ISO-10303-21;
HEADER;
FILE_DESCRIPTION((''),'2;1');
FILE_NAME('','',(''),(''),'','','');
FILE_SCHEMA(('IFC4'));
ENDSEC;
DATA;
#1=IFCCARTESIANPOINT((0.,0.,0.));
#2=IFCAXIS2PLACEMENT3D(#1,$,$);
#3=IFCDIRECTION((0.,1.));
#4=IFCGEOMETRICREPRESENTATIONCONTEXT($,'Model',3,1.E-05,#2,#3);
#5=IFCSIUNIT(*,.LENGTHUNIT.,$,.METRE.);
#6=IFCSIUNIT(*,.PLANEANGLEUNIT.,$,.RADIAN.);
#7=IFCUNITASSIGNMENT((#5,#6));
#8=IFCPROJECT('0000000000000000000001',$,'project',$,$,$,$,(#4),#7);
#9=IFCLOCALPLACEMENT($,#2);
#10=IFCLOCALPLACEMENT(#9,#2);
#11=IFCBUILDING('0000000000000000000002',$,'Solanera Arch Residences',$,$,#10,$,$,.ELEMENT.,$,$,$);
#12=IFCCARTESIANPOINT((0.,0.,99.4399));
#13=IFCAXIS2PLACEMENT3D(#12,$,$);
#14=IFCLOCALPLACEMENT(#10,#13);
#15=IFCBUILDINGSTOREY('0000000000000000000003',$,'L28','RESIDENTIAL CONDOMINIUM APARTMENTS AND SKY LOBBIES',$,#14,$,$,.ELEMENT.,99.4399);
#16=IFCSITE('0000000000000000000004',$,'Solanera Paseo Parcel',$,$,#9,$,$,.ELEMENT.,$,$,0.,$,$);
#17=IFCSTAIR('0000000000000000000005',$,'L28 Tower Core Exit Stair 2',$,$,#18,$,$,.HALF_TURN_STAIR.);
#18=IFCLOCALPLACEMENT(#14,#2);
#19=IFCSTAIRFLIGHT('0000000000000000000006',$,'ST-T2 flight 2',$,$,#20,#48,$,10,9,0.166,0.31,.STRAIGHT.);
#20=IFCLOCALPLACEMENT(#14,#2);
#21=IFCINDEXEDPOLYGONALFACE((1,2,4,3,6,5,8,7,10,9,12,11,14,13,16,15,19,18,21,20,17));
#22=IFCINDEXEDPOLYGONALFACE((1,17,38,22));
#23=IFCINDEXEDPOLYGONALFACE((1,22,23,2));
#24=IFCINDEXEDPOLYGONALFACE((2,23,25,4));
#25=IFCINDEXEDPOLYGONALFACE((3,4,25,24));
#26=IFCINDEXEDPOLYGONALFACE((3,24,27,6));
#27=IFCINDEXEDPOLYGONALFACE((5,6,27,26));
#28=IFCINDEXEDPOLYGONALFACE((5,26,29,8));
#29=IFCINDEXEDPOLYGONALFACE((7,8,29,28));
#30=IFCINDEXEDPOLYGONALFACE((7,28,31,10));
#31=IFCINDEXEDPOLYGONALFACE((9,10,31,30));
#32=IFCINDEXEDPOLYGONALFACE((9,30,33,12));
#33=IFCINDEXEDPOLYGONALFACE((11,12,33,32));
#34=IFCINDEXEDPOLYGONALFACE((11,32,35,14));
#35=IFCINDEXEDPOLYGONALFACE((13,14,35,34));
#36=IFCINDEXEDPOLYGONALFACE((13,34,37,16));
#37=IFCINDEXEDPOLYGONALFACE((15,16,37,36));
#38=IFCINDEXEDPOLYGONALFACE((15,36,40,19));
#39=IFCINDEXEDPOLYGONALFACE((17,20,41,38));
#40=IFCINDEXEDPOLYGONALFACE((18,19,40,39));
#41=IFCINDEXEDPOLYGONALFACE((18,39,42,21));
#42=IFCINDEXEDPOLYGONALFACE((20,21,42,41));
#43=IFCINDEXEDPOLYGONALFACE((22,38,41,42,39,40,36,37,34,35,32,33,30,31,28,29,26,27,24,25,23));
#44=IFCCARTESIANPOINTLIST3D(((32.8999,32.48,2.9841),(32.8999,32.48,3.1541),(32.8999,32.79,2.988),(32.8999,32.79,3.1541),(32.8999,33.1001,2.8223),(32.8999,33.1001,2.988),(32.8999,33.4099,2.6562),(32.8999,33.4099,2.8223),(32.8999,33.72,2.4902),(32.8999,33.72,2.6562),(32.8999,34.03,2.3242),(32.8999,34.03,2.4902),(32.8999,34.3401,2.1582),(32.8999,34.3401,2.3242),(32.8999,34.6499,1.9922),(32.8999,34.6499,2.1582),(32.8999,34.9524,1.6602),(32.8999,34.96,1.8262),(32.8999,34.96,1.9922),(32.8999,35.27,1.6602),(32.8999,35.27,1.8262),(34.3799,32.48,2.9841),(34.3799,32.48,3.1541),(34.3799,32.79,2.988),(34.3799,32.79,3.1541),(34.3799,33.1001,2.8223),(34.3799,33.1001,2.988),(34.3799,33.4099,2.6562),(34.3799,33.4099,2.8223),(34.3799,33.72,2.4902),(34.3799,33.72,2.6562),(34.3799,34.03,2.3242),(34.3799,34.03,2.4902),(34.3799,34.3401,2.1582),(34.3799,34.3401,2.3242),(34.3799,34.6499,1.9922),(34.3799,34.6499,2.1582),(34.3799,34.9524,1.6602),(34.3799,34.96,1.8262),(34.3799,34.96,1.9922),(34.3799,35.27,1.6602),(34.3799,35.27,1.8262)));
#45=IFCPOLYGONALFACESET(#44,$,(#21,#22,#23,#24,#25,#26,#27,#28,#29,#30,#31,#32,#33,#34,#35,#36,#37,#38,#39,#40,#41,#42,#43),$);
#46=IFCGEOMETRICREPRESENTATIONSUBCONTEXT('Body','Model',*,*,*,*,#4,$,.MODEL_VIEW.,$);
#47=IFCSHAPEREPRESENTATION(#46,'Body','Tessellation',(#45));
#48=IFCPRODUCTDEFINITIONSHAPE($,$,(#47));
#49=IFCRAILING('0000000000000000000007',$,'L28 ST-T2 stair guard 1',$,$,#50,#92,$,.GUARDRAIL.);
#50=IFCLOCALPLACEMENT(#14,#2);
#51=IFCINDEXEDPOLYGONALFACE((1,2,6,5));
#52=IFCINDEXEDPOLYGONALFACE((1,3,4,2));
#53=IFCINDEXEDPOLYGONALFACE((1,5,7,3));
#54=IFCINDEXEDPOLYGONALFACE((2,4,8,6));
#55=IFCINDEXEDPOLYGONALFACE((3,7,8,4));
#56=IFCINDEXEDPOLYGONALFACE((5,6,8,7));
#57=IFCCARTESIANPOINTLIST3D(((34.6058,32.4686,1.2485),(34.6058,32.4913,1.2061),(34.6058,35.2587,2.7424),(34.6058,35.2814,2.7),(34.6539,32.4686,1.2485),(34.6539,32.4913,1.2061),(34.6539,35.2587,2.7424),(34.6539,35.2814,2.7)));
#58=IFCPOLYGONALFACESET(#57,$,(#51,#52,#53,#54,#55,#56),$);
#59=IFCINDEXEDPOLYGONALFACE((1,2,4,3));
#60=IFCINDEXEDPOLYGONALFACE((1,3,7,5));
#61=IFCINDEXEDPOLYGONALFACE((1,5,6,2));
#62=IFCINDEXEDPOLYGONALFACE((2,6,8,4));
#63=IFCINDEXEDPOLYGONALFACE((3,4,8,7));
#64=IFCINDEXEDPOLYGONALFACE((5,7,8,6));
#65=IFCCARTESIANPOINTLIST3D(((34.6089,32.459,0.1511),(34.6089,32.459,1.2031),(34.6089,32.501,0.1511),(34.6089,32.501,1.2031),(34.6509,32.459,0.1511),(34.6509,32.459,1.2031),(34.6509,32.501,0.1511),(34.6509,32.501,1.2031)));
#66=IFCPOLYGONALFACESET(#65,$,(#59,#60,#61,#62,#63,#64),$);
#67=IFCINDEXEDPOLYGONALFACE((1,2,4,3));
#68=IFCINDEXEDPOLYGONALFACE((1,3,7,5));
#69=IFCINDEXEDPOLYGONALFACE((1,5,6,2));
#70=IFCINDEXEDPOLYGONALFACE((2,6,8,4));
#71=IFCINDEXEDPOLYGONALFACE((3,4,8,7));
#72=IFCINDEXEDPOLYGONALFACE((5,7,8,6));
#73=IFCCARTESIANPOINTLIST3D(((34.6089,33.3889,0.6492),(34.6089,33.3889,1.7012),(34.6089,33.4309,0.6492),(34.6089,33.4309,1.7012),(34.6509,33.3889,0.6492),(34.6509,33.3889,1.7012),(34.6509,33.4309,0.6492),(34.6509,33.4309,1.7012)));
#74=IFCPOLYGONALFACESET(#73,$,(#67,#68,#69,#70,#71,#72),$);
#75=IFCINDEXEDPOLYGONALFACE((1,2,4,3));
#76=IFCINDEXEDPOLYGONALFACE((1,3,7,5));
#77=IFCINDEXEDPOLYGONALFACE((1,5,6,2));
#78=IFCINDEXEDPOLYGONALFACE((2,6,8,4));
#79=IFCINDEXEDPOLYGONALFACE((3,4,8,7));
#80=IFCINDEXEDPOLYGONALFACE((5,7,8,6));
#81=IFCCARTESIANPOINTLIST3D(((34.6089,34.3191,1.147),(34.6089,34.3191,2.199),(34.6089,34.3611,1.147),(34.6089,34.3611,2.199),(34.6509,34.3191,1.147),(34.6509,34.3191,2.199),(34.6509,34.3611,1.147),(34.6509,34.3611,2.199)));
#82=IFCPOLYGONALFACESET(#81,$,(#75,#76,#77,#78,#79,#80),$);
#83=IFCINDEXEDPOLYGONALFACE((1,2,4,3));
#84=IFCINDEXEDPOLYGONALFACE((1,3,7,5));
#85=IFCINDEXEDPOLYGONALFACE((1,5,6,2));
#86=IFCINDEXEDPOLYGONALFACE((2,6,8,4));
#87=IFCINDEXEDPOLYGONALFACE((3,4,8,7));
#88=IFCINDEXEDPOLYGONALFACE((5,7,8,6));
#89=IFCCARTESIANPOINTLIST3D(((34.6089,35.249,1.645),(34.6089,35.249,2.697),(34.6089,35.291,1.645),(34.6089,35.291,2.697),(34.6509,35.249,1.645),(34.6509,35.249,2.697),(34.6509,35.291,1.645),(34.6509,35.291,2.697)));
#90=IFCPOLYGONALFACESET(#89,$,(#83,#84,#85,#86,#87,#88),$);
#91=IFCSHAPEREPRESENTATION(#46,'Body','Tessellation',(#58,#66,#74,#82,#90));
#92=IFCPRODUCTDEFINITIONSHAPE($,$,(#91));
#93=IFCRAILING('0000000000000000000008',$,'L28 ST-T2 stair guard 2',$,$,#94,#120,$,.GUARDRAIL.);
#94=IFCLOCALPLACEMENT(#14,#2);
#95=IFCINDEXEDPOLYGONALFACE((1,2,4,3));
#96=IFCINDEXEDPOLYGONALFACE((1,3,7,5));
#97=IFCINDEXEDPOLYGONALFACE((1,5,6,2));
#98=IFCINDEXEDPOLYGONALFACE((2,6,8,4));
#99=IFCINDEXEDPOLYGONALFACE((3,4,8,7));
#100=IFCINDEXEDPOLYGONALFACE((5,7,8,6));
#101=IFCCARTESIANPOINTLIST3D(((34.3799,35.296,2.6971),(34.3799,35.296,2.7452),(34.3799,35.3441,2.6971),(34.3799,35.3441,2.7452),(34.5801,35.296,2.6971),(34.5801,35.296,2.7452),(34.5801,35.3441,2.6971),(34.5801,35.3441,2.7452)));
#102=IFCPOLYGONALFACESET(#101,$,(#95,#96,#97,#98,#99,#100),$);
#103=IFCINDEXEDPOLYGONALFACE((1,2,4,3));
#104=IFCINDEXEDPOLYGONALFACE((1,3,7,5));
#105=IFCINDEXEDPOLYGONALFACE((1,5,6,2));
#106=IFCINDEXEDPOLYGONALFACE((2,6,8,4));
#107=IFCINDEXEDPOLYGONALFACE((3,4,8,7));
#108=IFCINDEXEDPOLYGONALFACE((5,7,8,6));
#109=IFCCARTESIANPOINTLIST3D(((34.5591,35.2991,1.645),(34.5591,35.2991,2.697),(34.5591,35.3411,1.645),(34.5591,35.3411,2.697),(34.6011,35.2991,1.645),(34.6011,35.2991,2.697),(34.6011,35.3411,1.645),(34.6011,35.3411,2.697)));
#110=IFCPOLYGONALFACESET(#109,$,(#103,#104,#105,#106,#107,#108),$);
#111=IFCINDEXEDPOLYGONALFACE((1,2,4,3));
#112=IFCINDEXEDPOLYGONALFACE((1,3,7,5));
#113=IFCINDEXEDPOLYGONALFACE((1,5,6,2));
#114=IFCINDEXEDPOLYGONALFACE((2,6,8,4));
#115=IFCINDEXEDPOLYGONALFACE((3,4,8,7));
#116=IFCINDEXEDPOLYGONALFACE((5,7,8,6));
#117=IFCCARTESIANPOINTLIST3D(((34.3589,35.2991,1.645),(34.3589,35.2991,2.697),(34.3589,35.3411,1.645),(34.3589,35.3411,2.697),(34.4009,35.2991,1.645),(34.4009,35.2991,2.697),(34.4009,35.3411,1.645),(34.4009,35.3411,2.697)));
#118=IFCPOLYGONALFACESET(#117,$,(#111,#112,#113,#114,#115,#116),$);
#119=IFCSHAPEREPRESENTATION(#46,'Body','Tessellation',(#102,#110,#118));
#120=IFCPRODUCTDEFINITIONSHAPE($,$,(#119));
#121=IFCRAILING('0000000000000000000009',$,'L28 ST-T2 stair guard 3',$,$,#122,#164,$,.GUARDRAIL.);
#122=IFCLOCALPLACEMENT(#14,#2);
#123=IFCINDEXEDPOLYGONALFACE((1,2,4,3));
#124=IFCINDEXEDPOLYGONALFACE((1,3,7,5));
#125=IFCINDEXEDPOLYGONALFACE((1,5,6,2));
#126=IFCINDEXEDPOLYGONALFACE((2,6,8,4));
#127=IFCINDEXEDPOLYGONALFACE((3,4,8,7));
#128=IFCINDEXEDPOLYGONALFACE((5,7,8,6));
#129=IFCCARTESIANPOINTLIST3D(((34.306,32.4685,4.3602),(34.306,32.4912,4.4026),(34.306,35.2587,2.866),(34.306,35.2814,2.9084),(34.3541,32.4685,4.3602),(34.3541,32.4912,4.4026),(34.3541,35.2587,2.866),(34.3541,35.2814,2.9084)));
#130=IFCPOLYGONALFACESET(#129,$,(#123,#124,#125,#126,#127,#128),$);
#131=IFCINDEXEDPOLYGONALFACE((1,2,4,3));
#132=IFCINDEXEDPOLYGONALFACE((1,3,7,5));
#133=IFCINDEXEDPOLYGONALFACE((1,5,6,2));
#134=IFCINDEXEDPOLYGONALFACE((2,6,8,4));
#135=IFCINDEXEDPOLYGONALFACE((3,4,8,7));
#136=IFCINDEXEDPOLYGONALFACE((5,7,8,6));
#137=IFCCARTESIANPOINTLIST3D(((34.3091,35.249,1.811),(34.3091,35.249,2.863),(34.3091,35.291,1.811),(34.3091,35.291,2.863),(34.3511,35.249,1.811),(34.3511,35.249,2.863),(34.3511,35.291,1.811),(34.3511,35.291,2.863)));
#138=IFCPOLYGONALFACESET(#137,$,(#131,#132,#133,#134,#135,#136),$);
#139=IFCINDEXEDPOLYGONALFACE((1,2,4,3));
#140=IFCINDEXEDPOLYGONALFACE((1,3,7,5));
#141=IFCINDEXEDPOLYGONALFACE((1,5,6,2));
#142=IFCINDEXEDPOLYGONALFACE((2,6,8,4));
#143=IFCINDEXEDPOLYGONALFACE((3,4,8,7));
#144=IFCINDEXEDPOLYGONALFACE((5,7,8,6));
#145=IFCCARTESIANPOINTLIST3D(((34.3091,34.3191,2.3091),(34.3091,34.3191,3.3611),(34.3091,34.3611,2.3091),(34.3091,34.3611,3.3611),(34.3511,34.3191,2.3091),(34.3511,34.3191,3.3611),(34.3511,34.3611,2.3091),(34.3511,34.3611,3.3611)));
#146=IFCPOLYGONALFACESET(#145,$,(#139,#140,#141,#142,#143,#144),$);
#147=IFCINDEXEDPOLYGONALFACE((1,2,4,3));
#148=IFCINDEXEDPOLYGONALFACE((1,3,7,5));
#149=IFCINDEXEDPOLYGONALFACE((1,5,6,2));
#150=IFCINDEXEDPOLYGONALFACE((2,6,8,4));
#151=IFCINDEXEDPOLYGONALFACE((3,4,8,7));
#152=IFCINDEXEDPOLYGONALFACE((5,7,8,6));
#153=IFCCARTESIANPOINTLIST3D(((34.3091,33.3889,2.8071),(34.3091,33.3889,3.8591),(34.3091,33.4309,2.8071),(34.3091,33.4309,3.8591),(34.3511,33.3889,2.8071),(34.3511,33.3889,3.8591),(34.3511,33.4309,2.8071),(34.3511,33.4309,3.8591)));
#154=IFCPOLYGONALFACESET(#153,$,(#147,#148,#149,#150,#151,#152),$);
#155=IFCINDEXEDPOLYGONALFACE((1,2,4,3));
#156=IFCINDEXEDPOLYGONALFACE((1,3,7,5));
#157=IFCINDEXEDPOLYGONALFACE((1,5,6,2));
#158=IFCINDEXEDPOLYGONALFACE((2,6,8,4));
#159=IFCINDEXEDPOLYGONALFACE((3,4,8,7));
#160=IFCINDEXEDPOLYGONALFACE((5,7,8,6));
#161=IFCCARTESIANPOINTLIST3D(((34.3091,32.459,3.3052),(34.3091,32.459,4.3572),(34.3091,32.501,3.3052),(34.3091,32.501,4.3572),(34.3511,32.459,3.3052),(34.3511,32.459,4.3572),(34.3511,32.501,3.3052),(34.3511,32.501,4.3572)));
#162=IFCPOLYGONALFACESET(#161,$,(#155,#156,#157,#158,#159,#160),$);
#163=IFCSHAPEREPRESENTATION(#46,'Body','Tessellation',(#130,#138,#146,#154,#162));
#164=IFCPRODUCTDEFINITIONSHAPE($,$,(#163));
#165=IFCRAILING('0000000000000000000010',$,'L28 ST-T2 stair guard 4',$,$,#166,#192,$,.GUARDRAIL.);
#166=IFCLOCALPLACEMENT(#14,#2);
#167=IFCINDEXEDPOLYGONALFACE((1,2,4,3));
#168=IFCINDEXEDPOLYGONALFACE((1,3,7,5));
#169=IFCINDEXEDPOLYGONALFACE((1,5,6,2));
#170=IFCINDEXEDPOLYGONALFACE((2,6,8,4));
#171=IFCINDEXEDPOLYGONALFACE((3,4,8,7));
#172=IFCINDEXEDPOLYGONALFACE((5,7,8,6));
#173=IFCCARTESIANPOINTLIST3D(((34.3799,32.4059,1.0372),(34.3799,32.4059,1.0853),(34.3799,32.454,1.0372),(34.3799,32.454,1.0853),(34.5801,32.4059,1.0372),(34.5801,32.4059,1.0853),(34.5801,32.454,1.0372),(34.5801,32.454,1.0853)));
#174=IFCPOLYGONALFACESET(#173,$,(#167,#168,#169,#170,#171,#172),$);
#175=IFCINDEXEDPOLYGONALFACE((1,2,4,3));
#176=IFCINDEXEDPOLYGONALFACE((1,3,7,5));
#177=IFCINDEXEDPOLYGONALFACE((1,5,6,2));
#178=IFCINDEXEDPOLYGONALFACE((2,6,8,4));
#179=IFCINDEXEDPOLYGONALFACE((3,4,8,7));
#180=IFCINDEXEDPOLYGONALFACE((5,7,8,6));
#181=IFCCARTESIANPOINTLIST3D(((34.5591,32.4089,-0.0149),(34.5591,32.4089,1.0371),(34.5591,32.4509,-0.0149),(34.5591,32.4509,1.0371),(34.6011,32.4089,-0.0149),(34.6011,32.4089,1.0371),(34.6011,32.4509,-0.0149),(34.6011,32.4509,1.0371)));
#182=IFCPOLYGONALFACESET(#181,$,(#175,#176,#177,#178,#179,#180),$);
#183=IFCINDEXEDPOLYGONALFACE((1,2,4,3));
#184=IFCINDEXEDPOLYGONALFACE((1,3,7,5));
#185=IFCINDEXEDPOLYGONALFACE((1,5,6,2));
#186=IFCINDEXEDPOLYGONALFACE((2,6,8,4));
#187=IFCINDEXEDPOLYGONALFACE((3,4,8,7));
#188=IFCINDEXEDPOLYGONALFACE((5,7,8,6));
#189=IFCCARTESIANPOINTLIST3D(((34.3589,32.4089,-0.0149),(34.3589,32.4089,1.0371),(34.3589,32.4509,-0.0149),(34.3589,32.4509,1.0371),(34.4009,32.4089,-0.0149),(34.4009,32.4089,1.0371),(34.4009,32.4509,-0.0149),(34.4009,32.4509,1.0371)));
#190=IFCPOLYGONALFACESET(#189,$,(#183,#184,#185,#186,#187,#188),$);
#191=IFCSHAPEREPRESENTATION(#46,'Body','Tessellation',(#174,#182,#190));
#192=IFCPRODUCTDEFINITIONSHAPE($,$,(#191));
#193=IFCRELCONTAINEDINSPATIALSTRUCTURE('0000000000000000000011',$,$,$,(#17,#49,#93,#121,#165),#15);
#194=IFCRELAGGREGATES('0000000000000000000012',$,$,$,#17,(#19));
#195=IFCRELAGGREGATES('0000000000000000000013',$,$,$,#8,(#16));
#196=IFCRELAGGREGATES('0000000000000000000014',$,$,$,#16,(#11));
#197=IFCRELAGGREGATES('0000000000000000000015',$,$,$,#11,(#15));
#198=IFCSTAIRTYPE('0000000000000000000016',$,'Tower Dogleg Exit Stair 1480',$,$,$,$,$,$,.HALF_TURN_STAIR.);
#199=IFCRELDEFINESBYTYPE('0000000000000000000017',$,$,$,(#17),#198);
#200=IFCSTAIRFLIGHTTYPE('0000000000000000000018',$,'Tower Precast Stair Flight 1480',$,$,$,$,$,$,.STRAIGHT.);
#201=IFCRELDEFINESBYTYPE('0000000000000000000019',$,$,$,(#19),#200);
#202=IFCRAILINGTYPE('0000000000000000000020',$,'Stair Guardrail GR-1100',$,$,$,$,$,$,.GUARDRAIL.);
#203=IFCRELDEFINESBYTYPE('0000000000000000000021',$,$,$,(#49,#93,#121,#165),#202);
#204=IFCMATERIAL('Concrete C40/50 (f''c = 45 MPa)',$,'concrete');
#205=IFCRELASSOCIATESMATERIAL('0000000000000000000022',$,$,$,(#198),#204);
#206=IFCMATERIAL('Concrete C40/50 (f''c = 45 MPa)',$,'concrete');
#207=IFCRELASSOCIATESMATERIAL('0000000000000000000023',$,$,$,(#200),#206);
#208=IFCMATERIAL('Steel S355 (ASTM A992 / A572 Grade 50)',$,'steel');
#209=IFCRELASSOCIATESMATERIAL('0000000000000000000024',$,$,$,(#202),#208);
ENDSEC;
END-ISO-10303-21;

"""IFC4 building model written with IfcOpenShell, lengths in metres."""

from ifc_helpers import new_model, si_unit, direction, frame, origin, origin_2d, place, context, subcontext, project, spatial, polyline, rectangle, outline, extrude, material, type_object, element, aggregate, save


model = new_model("IFC4")

# Units and contexts
model_context = context("Model", 3, precision=1e-05, world=origin(), true_north=direction((0.0, 1.0)))
body_context = subcontext(model_context, "Body", "Model", "MODEL_VIEW")
ifc_project = project(units=[si_unit("LENGTHUNIT", "METRE"), si_unit("PLANEANGLEUNIT", "RADIAN")], contexts=[model_context])

# Site, building, storey
site_placement = place(None, origin())
site = spatial("IfcSite", under=ifc_project, at=site_placement, Name="Solanera Paseo Parcel", CompositionType="ELEMENT", RefElevation=0.0)
building_placement = place(site_placement, origin())
building = spatial("IfcBuilding", under=site, at=building_placement, Name="Solanera Arch Residences", CompositionType="ELEMENT")
storey_placement = place(building_placement, frame((0.0, 0.0, 99.4399)))
storey = spatial("IfcBuildingStorey", under=building, at=storey_placement, Name="L28", Description="RESIDENTIAL CONDOMINIUM APARTMENTS AND SKY LOBBIES", CompositionType="ELEMENT", Elevation=99.4399)

# Stair, stair flight
ifc_material_1 = material(Name="Concrete C40/50 (f'c = 45 MPa)", Category="concrete")
stair_type = type_object("IfcStairType", Name="Tower Dogleg Exit Stair 1480", PredefinedType="HALF_TURN_STAIR", material=ifc_material_1)
stair_placement = place(storey_placement, origin())
stair = element("IfcStair", 1, at=stair_placement, inside=storey, type_object=stair_type, Name="L28 Tower Core Exit Stair 2", PredefinedType="HALF_TURN_STAIR")
ifc_material_2 = material(Name="Concrete C40/50 (f'c = 45 MPa)", Category="concrete")
stair_flight_type = type_object("IfcStairFlightType", Name="Tower Precast Stair Flight 1480", PredefinedType="STRAIGHT", material=ifc_material_2)
stair_flight_1_placement = place(storey_placement, frame((33.6399, 35.27, 1.6602), z_axis=(0.0, 0.0, 1.0), x_axis=(0.0, -1.0, 0.0)))
stair_flight_1 = element("IfcStairFlight", 2, at=stair_flight_1_placement, type_object=stair_flight_type, Name="ST-T2 flight 2", NumberOfRisers=10, NumberOfTreads=9, PredefinedType="STRAIGHT", RiserHeight=0.166, TreadLength=0.31, context=body_context, shape_type="SweptSolid", body=[
    extrude(outline(polyline([(0.0, 0.0), (0.0, 0.166), (0.3101, 0.166), (0.3101, 0.332), (0.6201, 0.332), (0.6201, 0.498), (0.9299, 0.498), (0.9299, 0.6641), (1.24, 0.6641), (1.24, 0.8301), (1.55, 0.8301), (1.55, 0.9961), (1.8601, 0.9961), (1.8601, 1.1621), (2.1699, 1.1621), (2.1699, 1.3279), (2.48, 1.3279), (2.48, 1.4939), (2.79, 1.4939), (2.79, 1.6599), (2.79, 1.324), (0.3176, 0.0), (0.0, 0.0)])), frame((0.0, 0.74, 0.0), z_axis=(0.0, -1.0, 0.0), x_axis=(1.0, 0.0, 0.0)), (0.0, 0.0, 1.0), 1.48),
])
aggregate(stair, [stair_flight_1])

# Railings
ifc_material_3 = material(Name="Steel S355 (ASTM A992 / A572 Grade 50)", Category="steel")
railing_type_1 = type_object("IfcRailingType", Name="Stair Guardrail GR-1100", PredefinedType="GUARDRAIL", material=ifc_material_3)
railing_1_placement = place(storey_placement, frame((34.6299, 32.48, 0.1511)))
element("IfcRailing", 3, at=railing_1_placement, inside=storey, type_object=railing_type_1, Name="L28 ST-T2 stair guard 1", PredefinedType="GUARDRAIL", context=body_context, shape_type="SweptSolid", body=[
    extrude(rectangle(XDim=0.0481, YDim=0.0481, at=origin_2d()), frame((0.0, 0.0, 1.0762), z_axis=(0.0, 0.881581, 0.472033), x_axis=(-1.0, 0.0, 0.0)), (0.0, 0.0, 1.0), 3.1648),
    extrude(rectangle(XDim=0.042, YDim=0.042, at=origin_2d()), origin(), (0.0, 0.0, 1.0), 1.052),
    extrude(rectangle(XDim=0.042, YDim=0.042, at=origin_2d()), frame((0.0, 0.9299, 0.498)), (0.0, 0.0, 1.0), 1.052),
    extrude(rectangle(XDim=0.042, YDim=0.042, at=origin_2d()), frame((0.0, 1.8601, 0.9958)), (0.0, 0.0, 1.0), 1.052),
    extrude(rectangle(XDim=0.042, YDim=0.042, at=origin_2d()), frame((0.0, 2.79, 1.4939)), (0.0, 0.0, 1.0), 1.052),
])
railing_2_placement = place(storey_placement, frame((34.5801, 35.3201, 1.645)))
element("IfcRailing", 4, at=railing_2_placement, inside=storey, type_object=railing_type_1, Name="L28 ST-T2 stair guard 2", PredefinedType="GUARDRAIL", context=body_context, shape_type="SweptSolid", body=[
    extrude(rectangle(XDim=0.0481, YDim=0.0481, at=origin_2d()), frame((0.0, 0.0, 1.0762), z_axis=(-1.0, 0.0, 0.0), x_axis=(0.0, -1.0, 0.0)), (0.0, 0.0, 1.0), 0.2002),
    extrude(rectangle(XDim=0.042, YDim=0.042, at=origin_2d()), origin(), (0.0, 0.0, 1.0), 1.052),
    extrude(rectangle(XDim=0.042, YDim=0.042, at=origin_2d()), frame((-0.2002, 0.0, 0.0)), (0.0, 0.0, 1.0), 1.052),
])
railing_3_placement = place(storey_placement, frame((34.3301, 35.27, 1.811)))
element("IfcRailing", 5, at=railing_3_placement, inside=storey, type_object=railing_type_1, Name="L28 ST-T2 stair guard 3", PredefinedType="GUARDRAIL", context=body_context, shape_type="SweptSolid", body=[
    extrude(rectangle(XDim=0.0481, YDim=0.0481, at=origin_2d()), frame((0.0, 0.0, 1.0762), z_axis=(0.0, -0.881549, 0.472093), x_axis=(1.0, 0.0, 0.0)), (0.0, 0.0, 1.0), 3.165),
    extrude(rectangle(XDim=0.042, YDim=0.042, at=origin_2d()), origin(), (0.0, 0.0, 1.0), 1.052),
    extrude(rectangle(XDim=0.042, YDim=0.042, at=origin_2d()), frame((0.0, -0.9299, 0.498)), (0.0, 0.0, 1.0), 1.052),
    extrude(rectangle(XDim=0.042, YDim=0.042, at=origin_2d()), frame((0.0, -1.8601, 0.9961)), (0.0, 0.0, 1.0), 1.052),
    extrude(rectangle(XDim=0.042, YDim=0.042, at=origin_2d()), frame((0.0, -2.79, 1.4941)), (0.0, 0.0, 1.0), 1.052),
])
railing_4_placement = place(storey_placement, frame((34.5801, 32.4299, -0.0149)))
element("IfcRailing", 6, at=railing_4_placement, inside=storey, type_object=railing_type_1, Name="L28 ST-T2 stair guard 4", PredefinedType="GUARDRAIL", context=body_context, shape_type="SweptSolid", body=[
    extrude(rectangle(XDim=0.0481, YDim=0.0481, at=origin_2d()), frame((0.0, 0.0, 1.0762), z_axis=(-1.0, 0.0, 0.0), x_axis=(0.0, -1.0, 0.0)), (0.0, 0.0, 1.0), 0.2002),
    extrude(rectangle(XDim=0.042, YDim=0.042, at=origin_2d()), origin(), (0.0, 0.0, 1.0), 1.052),
    extrude(rectangle(XDim=0.042, YDim=0.042, at=origin_2d()), frame((-0.2002, 0.0, 0.0)), (0.0, 0.0, 1.0), 1.052),
])

save(model, "model.ifc")
